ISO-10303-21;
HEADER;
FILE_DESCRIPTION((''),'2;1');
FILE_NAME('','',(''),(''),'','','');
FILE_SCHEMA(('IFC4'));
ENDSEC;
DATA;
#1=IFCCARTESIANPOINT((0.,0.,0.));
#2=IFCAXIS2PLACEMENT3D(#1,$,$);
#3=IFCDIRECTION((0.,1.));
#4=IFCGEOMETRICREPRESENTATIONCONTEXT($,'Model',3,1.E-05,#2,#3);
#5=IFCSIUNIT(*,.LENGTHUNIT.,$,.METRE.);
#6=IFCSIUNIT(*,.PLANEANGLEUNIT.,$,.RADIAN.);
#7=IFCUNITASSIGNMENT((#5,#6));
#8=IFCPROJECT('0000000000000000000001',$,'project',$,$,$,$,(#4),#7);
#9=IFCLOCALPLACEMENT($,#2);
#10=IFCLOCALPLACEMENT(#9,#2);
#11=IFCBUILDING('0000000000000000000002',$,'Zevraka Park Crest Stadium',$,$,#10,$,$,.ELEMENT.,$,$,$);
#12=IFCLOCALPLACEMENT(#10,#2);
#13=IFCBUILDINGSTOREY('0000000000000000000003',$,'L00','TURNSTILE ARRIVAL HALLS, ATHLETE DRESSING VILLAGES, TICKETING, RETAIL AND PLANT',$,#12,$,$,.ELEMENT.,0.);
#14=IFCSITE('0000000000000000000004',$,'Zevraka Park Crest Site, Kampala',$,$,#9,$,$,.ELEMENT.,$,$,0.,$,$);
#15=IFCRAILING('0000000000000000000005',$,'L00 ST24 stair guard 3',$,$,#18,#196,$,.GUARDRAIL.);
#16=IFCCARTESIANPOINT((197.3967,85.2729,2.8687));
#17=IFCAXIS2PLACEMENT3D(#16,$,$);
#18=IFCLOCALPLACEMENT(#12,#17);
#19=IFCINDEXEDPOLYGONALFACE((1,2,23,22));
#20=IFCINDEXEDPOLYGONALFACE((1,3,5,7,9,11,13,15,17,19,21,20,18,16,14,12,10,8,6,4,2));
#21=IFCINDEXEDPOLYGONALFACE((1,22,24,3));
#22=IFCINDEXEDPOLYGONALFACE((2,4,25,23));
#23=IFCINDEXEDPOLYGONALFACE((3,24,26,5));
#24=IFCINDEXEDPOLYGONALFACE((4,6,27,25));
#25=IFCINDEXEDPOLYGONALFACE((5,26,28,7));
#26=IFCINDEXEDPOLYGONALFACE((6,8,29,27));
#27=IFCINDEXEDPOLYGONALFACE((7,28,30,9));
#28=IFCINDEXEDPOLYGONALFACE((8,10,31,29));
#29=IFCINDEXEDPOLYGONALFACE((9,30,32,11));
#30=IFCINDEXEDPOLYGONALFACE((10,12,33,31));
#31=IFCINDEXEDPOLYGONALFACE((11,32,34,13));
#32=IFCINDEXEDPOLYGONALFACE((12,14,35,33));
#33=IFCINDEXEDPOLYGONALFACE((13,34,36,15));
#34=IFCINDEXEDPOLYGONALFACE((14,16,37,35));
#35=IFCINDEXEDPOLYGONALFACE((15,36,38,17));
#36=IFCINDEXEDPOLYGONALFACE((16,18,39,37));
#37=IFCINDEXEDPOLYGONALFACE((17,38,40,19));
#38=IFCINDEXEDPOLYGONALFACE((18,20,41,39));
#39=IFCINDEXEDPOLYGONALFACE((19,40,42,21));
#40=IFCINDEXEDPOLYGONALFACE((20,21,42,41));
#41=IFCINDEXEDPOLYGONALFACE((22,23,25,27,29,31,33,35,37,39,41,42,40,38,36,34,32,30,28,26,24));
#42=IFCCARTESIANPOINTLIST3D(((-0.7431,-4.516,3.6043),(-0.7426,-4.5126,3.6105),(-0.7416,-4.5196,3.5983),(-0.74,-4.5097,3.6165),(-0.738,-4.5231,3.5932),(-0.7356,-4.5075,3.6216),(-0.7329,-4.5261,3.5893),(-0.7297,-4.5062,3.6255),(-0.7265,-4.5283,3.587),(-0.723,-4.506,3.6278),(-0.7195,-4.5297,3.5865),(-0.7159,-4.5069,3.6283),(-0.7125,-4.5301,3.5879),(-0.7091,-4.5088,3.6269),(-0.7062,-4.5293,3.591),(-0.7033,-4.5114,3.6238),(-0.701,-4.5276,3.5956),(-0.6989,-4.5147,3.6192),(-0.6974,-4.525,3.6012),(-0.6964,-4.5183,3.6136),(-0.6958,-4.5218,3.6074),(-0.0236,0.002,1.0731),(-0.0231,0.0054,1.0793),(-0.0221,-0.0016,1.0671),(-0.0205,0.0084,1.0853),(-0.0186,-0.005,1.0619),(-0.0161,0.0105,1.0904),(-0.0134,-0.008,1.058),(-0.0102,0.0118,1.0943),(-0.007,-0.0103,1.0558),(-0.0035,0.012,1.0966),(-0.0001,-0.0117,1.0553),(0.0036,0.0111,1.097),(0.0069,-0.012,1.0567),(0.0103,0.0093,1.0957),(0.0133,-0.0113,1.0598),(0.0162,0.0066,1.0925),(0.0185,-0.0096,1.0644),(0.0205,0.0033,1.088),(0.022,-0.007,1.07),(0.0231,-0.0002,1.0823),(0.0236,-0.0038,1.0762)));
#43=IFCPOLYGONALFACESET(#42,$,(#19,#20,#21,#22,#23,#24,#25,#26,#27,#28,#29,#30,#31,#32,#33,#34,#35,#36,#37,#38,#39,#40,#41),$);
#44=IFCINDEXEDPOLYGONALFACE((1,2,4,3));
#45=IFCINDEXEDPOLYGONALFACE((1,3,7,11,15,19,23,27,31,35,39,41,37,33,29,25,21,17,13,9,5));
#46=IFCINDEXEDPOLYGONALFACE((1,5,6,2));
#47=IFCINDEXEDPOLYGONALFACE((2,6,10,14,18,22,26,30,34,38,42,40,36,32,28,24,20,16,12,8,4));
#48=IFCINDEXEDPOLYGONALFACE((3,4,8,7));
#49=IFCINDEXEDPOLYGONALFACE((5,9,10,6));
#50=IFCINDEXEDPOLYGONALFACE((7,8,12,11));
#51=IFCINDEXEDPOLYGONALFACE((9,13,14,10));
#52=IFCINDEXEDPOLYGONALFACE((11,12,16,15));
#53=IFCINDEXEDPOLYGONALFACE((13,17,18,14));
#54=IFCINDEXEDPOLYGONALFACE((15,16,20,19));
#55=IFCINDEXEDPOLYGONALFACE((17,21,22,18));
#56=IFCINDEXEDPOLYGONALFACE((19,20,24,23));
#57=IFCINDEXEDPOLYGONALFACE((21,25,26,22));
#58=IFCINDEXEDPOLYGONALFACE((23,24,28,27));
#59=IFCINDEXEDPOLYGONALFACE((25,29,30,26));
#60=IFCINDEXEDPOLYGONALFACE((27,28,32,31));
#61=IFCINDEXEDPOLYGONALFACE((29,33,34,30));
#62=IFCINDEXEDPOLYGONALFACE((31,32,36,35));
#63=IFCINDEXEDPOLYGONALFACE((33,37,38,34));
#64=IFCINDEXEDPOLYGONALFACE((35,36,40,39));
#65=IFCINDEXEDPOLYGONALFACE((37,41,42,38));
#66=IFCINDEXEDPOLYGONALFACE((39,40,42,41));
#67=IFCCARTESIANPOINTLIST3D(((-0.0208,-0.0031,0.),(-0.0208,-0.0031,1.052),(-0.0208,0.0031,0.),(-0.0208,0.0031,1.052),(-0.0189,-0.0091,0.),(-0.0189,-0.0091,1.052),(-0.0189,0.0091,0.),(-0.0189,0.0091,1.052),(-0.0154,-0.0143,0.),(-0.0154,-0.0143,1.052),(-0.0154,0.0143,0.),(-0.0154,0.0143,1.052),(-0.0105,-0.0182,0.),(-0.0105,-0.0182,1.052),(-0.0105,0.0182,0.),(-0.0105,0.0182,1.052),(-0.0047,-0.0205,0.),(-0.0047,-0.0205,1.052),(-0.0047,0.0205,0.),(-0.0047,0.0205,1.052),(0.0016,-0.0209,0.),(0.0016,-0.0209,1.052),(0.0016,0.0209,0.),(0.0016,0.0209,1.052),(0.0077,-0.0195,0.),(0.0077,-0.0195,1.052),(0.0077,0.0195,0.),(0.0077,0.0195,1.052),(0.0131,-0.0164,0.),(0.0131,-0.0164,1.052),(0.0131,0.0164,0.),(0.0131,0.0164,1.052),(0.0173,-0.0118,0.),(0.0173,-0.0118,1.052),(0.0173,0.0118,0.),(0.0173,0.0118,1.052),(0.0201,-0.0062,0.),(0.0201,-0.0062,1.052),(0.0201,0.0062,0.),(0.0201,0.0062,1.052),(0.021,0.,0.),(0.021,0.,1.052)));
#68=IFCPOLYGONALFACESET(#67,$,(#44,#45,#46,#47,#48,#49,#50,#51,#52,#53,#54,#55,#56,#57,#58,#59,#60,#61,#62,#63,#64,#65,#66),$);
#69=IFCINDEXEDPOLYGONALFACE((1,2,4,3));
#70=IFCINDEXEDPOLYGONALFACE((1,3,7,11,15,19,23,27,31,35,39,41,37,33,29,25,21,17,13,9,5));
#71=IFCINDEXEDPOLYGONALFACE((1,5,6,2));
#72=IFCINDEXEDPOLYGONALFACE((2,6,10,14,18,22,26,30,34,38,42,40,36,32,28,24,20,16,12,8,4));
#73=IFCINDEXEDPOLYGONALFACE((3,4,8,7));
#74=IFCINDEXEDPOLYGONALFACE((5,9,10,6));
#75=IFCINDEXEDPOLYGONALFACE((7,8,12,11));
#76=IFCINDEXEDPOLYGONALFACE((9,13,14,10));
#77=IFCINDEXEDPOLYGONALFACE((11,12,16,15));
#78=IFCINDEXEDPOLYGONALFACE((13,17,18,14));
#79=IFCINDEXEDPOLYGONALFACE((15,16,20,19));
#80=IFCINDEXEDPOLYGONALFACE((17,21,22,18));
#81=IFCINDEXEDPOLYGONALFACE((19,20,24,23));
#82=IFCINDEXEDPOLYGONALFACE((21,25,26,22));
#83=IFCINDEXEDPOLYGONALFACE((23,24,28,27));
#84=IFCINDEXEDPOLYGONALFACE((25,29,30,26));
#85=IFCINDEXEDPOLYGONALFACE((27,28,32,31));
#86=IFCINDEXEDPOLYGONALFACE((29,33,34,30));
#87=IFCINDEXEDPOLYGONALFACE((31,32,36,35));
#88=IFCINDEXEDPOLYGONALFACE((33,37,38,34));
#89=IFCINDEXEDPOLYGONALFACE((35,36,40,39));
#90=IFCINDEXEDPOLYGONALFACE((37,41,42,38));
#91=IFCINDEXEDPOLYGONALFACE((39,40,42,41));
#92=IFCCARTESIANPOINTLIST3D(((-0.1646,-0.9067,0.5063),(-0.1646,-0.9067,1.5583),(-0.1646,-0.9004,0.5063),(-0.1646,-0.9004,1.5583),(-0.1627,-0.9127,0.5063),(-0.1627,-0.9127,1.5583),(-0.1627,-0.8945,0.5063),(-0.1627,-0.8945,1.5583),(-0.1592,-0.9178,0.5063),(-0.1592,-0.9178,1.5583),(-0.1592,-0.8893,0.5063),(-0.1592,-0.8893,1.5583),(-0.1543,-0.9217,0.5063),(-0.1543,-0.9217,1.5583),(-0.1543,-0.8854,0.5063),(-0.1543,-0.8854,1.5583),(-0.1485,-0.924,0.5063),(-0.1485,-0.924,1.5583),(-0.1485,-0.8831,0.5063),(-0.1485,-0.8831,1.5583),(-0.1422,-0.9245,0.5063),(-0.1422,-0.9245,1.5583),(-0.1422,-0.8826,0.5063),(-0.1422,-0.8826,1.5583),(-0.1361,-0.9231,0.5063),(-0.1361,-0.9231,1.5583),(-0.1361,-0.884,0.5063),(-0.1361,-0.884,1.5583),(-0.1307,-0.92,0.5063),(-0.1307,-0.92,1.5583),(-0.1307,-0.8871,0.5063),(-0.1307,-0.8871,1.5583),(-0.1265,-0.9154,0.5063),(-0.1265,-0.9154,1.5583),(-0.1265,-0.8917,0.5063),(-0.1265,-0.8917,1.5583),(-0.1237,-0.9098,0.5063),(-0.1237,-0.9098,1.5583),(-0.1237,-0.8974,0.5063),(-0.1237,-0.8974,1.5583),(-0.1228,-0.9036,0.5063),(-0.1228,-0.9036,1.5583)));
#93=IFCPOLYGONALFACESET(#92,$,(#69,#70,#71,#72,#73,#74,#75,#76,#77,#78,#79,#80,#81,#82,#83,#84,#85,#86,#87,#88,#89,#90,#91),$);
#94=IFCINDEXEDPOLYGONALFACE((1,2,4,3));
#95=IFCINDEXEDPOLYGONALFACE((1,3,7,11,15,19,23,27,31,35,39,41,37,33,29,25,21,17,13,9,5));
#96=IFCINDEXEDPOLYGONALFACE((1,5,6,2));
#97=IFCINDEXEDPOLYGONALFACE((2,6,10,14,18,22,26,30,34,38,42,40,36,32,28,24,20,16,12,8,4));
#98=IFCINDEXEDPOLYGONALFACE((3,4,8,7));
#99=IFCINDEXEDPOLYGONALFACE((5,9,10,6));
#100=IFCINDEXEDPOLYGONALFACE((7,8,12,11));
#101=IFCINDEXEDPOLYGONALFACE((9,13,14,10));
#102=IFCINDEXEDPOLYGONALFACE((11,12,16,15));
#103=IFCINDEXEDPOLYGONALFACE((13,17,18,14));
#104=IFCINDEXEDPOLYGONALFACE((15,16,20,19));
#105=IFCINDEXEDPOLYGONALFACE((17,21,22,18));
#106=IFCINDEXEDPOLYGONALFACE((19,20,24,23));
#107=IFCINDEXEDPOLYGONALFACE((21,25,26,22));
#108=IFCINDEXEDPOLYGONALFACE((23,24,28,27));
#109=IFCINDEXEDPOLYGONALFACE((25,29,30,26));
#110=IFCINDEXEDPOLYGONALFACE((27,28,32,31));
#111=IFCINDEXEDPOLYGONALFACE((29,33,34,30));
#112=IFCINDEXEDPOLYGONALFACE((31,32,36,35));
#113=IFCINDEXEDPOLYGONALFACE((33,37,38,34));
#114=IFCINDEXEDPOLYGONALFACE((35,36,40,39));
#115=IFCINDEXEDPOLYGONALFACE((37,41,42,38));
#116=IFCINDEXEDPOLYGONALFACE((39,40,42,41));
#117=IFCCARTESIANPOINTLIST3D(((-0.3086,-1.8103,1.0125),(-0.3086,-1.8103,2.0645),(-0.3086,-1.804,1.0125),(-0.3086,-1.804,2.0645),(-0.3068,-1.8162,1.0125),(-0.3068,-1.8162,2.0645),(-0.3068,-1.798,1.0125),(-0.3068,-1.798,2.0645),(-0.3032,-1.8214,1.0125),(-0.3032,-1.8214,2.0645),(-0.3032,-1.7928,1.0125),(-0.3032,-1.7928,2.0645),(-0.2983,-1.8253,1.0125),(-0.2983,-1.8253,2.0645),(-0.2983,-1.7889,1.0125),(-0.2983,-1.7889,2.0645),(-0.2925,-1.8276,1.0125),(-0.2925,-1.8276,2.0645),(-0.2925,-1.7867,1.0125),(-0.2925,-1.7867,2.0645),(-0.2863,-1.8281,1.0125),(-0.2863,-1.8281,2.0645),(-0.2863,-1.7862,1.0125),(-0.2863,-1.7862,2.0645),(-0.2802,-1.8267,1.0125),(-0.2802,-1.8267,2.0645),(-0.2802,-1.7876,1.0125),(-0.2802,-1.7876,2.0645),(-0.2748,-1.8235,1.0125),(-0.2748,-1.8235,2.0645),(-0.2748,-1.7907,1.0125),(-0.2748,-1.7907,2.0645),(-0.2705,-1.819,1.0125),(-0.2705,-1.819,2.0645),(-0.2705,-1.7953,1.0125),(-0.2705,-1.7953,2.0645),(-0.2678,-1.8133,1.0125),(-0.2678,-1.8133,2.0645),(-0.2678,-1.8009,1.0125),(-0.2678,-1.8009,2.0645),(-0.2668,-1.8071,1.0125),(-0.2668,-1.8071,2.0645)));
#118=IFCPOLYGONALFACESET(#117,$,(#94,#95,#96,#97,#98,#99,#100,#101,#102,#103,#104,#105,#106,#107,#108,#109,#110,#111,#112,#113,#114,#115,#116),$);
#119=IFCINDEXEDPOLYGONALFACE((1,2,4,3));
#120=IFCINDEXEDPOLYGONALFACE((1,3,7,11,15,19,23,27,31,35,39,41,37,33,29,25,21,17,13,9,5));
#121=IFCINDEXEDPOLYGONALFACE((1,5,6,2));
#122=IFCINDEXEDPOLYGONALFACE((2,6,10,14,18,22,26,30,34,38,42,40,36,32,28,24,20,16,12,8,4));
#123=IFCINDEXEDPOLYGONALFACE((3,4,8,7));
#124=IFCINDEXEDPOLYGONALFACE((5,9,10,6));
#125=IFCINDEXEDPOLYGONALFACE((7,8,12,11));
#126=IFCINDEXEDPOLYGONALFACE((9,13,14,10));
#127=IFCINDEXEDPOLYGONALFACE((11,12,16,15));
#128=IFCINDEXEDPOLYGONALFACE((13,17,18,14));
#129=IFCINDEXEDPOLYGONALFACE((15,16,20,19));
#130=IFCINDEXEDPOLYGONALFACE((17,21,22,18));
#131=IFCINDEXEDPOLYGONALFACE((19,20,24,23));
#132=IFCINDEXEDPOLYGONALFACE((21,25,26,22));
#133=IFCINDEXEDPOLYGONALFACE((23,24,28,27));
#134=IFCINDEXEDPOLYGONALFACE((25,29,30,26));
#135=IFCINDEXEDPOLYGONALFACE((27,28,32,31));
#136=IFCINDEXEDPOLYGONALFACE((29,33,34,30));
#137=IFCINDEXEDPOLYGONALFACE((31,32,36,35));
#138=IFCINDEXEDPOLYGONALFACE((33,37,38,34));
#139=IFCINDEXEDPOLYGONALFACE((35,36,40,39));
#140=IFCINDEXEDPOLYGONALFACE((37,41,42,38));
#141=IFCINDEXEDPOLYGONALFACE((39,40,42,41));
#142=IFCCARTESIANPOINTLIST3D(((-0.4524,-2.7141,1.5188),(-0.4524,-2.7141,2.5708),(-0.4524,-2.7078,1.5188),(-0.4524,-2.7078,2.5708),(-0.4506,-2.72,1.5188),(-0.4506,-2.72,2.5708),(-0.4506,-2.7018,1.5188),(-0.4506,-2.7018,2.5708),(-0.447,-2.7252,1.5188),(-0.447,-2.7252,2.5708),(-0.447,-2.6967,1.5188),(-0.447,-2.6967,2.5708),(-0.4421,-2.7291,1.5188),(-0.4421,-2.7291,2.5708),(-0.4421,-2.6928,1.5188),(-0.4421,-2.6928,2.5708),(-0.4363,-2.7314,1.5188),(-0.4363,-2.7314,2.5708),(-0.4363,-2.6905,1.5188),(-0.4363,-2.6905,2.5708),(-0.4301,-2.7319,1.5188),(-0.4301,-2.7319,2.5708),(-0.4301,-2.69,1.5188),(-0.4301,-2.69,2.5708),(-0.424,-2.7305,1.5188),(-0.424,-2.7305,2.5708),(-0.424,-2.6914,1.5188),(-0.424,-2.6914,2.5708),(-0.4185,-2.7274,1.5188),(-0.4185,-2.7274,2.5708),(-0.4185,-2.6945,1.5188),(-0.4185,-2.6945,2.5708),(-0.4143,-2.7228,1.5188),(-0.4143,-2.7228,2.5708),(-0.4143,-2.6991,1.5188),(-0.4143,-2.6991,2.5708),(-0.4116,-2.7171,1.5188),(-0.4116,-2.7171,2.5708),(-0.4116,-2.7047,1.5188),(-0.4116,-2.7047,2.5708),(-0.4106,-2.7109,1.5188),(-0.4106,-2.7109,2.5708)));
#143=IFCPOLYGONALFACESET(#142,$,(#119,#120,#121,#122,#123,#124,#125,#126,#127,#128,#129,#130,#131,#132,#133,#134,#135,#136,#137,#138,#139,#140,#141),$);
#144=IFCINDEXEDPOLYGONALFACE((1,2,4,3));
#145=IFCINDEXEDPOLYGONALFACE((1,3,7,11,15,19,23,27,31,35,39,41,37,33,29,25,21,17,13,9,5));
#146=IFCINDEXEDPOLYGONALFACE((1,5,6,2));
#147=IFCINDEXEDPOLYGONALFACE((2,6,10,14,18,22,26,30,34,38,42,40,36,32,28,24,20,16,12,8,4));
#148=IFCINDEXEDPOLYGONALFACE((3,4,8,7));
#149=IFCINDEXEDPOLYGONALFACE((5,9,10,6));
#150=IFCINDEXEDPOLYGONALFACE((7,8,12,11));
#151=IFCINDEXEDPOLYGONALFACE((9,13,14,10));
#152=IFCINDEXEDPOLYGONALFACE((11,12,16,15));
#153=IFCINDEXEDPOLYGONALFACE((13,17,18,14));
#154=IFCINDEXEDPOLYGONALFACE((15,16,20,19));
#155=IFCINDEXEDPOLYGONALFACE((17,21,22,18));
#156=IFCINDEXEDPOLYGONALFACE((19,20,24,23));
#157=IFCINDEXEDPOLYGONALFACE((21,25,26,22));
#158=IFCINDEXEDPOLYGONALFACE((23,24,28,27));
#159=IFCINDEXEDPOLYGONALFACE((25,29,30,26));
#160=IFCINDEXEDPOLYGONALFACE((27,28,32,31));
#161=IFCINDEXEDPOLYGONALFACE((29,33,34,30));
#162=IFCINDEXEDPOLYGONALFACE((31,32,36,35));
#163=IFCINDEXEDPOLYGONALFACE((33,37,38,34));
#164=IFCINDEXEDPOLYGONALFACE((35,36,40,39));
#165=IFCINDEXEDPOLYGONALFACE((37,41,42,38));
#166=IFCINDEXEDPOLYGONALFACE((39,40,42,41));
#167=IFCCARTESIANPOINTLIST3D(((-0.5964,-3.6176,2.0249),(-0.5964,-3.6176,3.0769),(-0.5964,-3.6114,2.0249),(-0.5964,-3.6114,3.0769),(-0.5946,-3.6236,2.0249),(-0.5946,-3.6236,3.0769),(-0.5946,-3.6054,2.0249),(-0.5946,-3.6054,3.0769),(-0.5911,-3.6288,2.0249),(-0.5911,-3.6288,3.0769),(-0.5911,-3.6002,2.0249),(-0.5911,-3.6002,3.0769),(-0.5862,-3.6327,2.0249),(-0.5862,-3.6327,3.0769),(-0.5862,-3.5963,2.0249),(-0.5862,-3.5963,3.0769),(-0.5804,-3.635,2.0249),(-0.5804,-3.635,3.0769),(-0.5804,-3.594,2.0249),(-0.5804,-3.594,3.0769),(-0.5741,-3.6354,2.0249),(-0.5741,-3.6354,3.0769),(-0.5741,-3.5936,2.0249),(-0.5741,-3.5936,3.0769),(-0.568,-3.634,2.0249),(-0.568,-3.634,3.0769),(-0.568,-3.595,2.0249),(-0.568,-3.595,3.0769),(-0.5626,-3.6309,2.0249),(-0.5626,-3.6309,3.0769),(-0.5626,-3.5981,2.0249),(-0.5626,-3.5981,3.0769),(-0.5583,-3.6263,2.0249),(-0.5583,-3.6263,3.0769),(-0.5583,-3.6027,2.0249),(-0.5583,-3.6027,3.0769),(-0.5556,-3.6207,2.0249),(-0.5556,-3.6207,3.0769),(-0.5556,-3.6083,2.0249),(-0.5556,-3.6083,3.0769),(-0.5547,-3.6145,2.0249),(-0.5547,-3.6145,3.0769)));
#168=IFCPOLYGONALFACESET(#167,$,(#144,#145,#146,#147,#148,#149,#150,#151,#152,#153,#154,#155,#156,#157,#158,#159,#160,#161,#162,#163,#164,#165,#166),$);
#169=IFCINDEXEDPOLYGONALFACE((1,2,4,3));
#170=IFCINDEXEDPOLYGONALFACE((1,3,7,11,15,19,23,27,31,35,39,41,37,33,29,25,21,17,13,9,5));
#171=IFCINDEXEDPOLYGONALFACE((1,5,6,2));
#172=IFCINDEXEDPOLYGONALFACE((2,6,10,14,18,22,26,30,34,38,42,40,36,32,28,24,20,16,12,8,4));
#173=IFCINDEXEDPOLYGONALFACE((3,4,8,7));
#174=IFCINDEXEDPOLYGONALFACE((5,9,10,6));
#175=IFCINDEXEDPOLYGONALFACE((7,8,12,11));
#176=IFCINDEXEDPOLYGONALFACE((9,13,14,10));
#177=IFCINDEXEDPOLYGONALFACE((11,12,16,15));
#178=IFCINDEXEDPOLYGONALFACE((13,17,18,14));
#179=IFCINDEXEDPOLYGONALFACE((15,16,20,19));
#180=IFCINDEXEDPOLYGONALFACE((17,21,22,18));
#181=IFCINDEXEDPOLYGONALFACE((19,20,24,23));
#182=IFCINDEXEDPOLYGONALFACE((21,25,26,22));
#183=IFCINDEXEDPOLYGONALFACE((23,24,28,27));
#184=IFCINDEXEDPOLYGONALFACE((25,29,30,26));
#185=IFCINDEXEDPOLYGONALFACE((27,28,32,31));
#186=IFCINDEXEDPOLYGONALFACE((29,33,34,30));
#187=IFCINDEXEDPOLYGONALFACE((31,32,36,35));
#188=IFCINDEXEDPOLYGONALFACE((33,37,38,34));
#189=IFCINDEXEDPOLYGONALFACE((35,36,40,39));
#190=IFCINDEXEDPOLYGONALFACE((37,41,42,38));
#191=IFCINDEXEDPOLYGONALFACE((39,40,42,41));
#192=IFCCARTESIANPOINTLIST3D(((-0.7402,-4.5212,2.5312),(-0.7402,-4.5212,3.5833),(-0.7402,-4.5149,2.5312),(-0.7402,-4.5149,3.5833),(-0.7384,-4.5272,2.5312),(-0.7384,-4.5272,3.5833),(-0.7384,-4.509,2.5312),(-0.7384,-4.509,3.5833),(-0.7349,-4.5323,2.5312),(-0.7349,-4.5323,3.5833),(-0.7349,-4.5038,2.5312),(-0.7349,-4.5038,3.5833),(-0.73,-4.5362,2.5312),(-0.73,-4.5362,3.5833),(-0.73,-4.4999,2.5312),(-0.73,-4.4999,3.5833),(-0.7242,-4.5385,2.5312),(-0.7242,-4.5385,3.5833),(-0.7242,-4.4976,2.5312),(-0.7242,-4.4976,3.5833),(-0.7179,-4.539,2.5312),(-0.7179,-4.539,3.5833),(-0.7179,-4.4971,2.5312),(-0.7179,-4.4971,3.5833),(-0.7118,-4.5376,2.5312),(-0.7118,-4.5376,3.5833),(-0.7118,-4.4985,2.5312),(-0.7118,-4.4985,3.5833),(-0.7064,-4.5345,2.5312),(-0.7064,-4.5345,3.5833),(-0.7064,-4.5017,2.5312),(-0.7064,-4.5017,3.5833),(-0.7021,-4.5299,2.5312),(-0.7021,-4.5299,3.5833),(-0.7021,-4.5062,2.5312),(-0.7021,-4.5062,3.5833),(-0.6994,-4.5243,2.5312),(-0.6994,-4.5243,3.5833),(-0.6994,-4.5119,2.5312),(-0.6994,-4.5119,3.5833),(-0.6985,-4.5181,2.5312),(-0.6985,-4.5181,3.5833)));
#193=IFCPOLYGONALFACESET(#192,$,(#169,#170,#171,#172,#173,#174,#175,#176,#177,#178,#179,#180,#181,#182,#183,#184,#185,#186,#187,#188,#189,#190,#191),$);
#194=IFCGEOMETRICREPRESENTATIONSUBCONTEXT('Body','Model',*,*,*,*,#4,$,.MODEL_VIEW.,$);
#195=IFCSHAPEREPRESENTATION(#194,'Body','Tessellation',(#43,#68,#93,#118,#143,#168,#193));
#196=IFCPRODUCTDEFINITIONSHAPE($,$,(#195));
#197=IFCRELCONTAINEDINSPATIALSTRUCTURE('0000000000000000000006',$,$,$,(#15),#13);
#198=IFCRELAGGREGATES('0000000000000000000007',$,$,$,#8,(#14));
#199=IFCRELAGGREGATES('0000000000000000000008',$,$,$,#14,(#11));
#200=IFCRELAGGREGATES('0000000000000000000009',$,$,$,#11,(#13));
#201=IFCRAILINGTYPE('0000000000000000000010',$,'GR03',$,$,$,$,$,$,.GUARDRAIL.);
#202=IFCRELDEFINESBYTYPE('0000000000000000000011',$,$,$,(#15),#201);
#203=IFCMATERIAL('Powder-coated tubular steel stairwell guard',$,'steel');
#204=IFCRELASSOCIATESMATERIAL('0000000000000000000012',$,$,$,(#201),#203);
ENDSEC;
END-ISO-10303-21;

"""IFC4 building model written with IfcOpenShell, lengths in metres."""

from ifc_helpers import new_model, si_unit, direction, frame, origin, origin_2d, place, context, subcontext, project, spatial, circle, extrude, material, type_object, element, save


model = new_model("IFC4")

# Units and contexts
model_context = context("Model", 3, precision=1e-05, world=origin(), true_north=direction((0.0, 1.0)))
body_context = subcontext(model_context, "Body", "Model", "MODEL_VIEW")
ifc_project = project(units=[si_unit("LENGTHUNIT", "METRE"), si_unit("PLANEANGLEUNIT", "RADIAN")], contexts=[model_context])

# Site, building, storey
site_placement = place(None, origin())
site = spatial("IfcSite", under=ifc_project, at=site_placement, Name="Zevraka Park Crest Site, Kampala", CompositionType="ELEMENT", RefElevation=0.0)
building_placement = place(site_placement, origin())
building = spatial("IfcBuilding", under=site, at=building_placement, Name="Zevraka Park Crest Stadium", CompositionType="ELEMENT")
storey_placement = place(building_placement, origin())
storey = spatial("IfcBuildingStorey", under=building, at=storey_placement, Name="L00", Description="TURNSTILE ARRIVAL HALLS, ATHLETE DRESSING VILLAGES, TICKETING, RETAIL AND PLANT", CompositionType="ELEMENT", Elevation=0.0)

# Railing
ifc_material_1 = material(Name="Powder-coated tubular steel stairwell guard", Category="steel")
railing_type_1 = type_object("IfcRailingType", Name="GR03", PredefinedType="GUARDRAIL", material=ifc_material_1)
railing_1_placement = place(storey_placement, frame((197.3967, 85.2729, 2.8687)))
element("IfcRailing", 1, at=railing_1_placement, inside=storey, type_object=railing_type_1, Name="L00 ST24 stair guard 3", PredefinedType="GUARDRAIL", context=body_context, shape_type="SweptSolid", body=[
    extrude(circle(Radius=0.0239, at=origin_2d()), frame((0.0, 0.0, 1.0762), z_axis=(-0.137606, -0.864113, 0.48412), x_axis=(0.987557, -0.157264, 0.0)), (0.0, 0.0, 1.0), 5.2285),
    extrude(circle(Radius=0.021, at=origin_2d()), origin(), (0.0, 0.0, 1.0), 1.052),
    extrude(circle(Radius=0.021, at=origin_2d()), frame((-0.1438, -0.9036, 0.5063)), (0.0, 0.0, 1.0), 1.052),
    extrude(circle(Radius=0.021, at=origin_2d()), frame((-0.2878, -1.8071, 1.0125)), (0.0, 0.0, 1.0), 1.052),
    extrude(circle(Radius=0.021, at=origin_2d()), frame((-0.4316, -2.7109, 1.5188)), (0.0, 0.0, 1.0), 1.052),
    extrude(circle(Radius=0.021, at=origin_2d()), frame((-0.5757, -3.6145, 2.0249)), (0.0, 0.0, 1.0), 1.052),
    extrude(circle(Radius=0.021, at=origin_2d()), frame((-0.7195, -4.5181, 2.5312)), (0.0, 0.0, 1.0), 1.052),
])

save(model, "model.ifc")
